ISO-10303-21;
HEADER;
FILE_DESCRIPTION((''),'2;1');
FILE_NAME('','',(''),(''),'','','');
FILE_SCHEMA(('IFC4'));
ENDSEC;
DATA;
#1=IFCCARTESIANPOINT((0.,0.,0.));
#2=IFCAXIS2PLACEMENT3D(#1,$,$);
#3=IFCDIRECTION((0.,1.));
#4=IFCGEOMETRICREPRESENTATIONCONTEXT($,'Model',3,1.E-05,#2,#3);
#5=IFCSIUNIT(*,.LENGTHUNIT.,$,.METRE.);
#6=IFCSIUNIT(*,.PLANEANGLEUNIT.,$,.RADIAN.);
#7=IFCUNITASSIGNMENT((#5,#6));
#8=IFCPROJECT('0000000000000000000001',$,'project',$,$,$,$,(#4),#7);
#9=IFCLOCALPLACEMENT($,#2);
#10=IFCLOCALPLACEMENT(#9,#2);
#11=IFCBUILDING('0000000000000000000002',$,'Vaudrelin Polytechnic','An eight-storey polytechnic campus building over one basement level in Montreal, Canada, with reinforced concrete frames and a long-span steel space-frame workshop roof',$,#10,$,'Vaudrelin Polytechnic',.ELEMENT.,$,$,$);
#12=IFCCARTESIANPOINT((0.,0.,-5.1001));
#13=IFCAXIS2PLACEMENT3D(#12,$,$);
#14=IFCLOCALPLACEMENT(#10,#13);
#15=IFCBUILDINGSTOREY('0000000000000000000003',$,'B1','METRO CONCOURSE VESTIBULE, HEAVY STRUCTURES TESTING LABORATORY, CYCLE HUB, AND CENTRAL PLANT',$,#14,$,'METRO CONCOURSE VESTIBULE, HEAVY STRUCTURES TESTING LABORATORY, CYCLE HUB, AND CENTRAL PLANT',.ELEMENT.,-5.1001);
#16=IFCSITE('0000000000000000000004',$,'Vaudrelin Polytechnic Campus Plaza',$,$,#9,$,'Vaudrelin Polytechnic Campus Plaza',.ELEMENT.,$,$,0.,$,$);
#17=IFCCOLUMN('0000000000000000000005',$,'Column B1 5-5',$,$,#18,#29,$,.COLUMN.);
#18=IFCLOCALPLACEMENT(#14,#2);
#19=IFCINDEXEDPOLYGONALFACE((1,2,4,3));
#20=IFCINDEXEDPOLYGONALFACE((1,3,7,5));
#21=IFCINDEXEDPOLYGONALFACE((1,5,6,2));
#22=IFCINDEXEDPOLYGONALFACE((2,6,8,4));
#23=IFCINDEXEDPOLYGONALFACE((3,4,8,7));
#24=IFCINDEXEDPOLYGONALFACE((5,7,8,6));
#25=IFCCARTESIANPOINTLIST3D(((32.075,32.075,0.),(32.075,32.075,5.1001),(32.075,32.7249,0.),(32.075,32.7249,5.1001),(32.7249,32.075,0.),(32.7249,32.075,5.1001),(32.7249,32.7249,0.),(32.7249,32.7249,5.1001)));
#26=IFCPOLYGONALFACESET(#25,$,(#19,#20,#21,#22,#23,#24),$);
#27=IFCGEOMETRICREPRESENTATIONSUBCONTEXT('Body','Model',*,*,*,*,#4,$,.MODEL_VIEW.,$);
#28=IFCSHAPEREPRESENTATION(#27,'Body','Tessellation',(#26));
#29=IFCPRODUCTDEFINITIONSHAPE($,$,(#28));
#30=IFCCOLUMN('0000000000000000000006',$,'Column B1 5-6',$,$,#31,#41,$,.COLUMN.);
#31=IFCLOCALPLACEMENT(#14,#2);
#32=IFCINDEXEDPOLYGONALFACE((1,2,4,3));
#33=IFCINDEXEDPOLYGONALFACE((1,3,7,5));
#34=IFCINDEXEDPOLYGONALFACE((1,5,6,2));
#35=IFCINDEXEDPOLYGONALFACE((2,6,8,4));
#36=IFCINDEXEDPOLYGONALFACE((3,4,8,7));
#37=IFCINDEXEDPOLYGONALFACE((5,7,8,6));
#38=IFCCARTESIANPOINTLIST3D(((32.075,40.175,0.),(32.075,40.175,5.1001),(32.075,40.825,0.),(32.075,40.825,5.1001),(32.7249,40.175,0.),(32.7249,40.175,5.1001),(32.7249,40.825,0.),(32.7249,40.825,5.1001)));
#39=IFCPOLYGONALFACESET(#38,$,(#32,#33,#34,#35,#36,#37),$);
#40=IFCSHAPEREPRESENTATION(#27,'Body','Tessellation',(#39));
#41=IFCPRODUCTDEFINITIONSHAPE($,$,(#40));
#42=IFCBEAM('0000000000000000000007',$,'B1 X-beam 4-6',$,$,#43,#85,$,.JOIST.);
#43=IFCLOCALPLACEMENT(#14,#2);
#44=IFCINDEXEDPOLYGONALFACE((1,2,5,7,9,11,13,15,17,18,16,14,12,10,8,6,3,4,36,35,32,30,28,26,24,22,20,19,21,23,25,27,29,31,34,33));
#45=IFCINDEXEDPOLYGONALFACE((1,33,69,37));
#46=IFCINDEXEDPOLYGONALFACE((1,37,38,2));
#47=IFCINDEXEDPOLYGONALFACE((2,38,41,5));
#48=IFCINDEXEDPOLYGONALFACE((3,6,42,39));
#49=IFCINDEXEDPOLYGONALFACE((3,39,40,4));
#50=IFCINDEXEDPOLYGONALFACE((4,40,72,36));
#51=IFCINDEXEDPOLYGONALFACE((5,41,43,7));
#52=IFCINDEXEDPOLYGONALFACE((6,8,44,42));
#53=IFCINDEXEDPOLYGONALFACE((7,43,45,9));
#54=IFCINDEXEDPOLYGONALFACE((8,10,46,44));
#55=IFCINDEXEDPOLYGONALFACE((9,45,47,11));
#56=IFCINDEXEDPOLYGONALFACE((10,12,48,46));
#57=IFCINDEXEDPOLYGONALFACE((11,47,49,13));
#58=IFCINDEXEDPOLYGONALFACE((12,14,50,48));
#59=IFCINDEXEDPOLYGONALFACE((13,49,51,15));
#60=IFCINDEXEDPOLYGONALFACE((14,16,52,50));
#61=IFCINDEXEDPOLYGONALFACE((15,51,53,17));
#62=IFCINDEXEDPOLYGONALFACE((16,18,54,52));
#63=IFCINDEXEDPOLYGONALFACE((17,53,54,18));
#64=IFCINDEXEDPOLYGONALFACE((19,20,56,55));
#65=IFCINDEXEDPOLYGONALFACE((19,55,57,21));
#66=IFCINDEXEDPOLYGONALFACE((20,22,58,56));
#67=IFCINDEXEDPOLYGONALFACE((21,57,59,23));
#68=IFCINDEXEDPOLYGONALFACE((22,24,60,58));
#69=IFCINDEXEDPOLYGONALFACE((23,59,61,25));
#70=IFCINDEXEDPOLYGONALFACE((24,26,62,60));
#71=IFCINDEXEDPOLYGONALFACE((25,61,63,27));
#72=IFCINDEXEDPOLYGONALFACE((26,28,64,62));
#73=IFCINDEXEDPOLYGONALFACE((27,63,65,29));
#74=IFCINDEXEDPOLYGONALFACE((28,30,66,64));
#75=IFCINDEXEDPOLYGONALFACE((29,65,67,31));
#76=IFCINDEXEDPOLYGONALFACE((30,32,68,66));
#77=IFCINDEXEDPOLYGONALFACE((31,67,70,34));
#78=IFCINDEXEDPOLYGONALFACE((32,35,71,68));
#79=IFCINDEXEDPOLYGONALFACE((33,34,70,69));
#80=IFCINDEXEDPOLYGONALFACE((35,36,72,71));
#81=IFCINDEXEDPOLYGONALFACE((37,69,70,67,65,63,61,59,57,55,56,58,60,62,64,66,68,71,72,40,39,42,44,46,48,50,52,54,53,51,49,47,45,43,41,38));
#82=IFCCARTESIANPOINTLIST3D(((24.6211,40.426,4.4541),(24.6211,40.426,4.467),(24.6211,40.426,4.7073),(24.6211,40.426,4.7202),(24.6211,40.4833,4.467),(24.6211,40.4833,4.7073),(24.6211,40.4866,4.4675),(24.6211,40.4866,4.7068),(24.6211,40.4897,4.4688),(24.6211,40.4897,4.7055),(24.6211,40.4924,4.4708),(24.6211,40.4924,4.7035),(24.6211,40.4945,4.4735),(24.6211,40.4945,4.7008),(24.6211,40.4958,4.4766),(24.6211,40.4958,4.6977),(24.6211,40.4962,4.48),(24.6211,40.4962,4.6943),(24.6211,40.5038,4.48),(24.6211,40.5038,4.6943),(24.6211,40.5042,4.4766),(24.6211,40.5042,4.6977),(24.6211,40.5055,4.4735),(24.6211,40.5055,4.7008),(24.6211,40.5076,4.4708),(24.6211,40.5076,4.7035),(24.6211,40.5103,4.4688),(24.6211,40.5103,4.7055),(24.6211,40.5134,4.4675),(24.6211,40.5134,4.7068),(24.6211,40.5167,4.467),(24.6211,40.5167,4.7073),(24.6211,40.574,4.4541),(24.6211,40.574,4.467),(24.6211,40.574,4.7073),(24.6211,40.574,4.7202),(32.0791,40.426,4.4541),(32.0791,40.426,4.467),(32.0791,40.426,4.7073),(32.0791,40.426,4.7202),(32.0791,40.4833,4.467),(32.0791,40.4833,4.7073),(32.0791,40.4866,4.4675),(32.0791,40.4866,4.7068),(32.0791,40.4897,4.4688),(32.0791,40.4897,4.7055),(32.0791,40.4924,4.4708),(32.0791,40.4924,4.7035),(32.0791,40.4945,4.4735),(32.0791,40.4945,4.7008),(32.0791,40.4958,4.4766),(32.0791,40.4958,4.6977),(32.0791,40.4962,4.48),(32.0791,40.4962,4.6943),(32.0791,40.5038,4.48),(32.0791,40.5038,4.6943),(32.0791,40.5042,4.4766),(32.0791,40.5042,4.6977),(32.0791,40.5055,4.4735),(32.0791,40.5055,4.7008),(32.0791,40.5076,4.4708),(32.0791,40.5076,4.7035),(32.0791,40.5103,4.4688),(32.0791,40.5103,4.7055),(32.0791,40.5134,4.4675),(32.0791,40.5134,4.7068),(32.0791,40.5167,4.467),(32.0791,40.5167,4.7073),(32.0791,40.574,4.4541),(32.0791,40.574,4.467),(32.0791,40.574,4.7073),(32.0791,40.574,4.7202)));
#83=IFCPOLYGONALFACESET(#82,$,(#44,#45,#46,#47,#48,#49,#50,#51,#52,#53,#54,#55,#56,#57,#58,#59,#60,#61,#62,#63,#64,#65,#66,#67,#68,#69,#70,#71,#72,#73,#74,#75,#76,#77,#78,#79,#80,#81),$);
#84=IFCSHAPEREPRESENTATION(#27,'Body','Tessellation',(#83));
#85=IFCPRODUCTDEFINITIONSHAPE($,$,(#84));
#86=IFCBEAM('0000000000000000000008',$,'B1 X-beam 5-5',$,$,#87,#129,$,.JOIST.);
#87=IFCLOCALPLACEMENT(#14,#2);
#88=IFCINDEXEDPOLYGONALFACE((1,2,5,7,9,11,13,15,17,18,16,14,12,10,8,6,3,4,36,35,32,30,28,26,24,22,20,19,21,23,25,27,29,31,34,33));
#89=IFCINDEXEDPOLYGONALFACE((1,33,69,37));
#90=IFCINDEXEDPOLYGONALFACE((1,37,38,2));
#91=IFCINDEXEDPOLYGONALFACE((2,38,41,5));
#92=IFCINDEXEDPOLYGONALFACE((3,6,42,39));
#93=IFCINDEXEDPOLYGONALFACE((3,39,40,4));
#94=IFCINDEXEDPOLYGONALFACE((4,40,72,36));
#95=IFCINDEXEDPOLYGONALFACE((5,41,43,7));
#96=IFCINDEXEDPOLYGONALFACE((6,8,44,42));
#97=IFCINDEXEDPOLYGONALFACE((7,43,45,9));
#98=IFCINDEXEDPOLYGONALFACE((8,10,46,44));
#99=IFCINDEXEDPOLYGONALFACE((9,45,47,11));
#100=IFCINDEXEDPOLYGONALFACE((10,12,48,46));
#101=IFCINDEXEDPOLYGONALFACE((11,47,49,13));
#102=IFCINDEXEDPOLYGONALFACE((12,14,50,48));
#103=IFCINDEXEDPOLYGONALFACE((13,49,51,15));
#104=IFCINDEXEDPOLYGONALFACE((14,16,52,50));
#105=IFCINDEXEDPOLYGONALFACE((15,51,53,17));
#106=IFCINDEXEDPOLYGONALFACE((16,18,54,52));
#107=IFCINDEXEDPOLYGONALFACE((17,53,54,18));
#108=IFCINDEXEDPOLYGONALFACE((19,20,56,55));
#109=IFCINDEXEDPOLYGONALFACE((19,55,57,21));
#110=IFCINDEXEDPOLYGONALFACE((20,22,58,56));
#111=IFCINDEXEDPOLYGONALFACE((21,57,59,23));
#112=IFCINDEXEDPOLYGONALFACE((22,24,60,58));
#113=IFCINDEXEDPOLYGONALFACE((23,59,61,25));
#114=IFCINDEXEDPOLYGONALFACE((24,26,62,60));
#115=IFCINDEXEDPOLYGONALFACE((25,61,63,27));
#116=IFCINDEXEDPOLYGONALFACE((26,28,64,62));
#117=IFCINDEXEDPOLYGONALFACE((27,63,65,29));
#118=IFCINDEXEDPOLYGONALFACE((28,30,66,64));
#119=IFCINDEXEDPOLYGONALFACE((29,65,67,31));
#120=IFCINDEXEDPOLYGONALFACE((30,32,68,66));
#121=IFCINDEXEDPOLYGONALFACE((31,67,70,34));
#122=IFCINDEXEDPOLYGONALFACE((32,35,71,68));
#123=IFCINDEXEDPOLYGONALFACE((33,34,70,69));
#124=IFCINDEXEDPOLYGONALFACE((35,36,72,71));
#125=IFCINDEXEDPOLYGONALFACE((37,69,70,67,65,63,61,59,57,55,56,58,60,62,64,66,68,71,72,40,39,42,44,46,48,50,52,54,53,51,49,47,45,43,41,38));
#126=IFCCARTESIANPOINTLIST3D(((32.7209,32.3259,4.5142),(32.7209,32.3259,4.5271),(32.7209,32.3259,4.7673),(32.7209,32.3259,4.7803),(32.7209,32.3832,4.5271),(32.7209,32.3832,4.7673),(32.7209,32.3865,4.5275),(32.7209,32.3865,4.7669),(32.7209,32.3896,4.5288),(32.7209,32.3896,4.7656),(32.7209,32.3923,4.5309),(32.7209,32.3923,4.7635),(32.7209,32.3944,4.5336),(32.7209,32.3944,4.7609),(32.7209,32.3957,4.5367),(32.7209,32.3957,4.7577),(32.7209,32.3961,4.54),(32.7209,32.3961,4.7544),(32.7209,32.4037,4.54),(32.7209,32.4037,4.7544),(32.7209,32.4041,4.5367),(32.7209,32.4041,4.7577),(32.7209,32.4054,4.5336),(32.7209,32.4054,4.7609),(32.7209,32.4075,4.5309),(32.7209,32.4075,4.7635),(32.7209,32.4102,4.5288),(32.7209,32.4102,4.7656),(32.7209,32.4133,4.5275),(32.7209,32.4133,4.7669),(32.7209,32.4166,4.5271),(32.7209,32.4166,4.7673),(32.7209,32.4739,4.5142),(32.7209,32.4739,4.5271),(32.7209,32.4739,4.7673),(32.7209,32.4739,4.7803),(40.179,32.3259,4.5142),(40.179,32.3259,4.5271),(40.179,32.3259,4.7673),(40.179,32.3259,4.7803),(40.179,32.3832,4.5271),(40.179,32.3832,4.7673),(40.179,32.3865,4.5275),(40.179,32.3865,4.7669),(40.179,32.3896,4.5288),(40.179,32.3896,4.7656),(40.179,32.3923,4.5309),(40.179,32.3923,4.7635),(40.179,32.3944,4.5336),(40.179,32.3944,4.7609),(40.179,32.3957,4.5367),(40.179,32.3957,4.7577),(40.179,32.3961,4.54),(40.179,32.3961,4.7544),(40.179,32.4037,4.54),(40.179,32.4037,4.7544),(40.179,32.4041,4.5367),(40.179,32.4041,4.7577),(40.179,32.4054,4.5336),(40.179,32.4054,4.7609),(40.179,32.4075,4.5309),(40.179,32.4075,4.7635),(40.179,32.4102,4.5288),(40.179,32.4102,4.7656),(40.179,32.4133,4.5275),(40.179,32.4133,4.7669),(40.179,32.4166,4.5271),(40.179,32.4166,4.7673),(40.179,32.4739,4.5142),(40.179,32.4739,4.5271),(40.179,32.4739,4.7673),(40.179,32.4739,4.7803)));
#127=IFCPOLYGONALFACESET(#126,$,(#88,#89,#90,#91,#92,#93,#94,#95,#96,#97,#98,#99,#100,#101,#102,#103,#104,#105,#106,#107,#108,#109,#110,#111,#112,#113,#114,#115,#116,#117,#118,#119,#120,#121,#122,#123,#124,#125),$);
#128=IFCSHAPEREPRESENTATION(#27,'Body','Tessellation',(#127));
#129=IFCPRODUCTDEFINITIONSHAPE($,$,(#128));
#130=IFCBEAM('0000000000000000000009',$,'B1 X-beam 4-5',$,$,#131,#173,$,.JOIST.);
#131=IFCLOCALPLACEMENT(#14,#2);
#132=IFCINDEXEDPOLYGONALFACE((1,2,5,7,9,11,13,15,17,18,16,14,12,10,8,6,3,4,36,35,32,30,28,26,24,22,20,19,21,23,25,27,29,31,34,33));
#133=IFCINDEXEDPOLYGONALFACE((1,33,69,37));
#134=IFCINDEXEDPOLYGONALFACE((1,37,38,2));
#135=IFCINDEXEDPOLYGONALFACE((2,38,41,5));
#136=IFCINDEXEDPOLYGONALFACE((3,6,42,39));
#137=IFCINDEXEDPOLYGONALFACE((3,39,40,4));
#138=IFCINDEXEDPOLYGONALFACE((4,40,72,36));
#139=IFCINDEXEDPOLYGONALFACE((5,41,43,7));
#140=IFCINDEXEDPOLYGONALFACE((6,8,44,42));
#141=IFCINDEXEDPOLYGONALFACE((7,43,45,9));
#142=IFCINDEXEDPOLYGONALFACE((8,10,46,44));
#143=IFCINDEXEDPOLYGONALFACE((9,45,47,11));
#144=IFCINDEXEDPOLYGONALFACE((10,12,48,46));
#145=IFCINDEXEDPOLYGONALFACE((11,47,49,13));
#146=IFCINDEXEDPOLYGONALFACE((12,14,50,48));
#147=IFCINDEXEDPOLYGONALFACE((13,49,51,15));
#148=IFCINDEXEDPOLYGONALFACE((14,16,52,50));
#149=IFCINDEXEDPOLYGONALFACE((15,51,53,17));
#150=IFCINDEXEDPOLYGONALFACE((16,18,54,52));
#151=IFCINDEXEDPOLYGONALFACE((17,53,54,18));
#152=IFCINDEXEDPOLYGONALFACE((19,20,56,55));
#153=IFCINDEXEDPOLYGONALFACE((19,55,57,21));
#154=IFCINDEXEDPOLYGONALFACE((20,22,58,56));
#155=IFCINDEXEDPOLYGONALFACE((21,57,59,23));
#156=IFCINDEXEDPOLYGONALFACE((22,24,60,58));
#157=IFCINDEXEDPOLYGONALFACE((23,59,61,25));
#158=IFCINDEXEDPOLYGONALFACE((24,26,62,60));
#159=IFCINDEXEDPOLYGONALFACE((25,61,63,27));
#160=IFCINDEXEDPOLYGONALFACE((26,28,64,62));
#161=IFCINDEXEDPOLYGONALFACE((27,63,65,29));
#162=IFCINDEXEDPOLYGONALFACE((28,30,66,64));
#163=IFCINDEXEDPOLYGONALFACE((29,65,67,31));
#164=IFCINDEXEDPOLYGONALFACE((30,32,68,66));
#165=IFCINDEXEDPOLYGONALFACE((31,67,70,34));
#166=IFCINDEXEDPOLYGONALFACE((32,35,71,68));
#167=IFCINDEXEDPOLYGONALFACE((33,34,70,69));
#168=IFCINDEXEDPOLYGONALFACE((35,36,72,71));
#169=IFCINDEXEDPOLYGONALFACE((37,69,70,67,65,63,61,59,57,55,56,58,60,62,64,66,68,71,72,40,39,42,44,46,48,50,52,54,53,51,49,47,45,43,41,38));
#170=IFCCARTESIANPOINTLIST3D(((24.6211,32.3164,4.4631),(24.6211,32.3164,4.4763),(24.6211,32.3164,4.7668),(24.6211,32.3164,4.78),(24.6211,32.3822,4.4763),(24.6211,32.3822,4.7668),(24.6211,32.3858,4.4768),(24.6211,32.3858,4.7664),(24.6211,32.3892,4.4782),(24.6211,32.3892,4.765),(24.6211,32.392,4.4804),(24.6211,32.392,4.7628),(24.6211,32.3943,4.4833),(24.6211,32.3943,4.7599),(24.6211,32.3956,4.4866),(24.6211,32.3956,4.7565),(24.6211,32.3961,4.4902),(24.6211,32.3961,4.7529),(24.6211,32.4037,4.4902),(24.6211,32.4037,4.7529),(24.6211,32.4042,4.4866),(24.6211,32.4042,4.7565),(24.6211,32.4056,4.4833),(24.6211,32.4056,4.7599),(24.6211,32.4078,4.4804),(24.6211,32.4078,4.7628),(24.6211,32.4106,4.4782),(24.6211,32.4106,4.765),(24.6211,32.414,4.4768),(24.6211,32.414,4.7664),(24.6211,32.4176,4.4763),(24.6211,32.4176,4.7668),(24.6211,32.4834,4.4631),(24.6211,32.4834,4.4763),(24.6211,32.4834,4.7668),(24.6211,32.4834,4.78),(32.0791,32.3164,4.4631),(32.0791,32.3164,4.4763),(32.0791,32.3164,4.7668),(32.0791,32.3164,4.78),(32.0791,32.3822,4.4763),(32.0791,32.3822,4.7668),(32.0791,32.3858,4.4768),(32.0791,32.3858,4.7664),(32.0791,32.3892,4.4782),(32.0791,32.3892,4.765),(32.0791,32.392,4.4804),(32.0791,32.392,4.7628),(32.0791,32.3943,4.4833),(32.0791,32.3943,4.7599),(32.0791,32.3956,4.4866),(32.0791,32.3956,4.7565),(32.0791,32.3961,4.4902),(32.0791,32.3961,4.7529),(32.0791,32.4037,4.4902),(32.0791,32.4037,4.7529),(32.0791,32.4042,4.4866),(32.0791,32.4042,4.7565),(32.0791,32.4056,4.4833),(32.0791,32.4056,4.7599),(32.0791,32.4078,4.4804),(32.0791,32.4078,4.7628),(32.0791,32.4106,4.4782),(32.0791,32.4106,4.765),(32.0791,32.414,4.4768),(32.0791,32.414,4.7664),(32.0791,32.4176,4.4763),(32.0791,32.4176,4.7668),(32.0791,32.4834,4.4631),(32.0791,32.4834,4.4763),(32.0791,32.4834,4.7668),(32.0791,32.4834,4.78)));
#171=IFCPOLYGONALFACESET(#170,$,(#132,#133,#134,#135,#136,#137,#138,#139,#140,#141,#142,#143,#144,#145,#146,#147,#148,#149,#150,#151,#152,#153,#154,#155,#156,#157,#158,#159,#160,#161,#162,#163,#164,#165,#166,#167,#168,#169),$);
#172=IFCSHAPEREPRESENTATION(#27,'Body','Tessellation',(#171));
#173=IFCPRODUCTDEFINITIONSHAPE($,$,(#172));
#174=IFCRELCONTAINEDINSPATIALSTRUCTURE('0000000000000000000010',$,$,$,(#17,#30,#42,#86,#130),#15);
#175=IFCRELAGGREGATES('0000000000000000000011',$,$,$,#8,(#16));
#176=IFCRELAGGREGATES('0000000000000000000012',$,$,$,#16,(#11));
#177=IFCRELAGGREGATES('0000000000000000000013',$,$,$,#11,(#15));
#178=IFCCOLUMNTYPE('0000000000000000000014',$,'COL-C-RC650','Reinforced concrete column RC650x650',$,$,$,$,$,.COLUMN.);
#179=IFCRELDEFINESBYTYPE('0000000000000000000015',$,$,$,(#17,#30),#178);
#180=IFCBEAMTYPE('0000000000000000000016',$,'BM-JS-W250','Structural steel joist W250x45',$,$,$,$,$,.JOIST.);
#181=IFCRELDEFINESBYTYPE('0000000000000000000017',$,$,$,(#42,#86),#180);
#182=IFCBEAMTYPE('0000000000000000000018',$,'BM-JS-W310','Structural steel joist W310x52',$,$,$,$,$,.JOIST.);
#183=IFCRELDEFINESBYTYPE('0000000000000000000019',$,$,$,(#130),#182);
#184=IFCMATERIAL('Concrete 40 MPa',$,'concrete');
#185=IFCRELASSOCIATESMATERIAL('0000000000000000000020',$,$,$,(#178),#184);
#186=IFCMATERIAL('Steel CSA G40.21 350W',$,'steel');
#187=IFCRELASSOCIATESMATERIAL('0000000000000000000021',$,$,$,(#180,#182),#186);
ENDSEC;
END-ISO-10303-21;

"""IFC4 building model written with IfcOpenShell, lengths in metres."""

from ifc_helpers import new_model, si_unit, direction, frame, origin, origin_2d, place, context, subcontext, project, spatial, rectangle, i_section, extrude, material, material_profile, profile_set, type_object, element, save


model = new_model("IFC4")

# Units and contexts
model_context = context("Model", 3, precision=1e-05, world=origin(), true_north=direction((0.0, 1.0)))
body_context = subcontext(model_context, "Body", "Model", "MODEL_VIEW")
ifc_project = project(units=[si_unit("LENGTHUNIT", "METRE"), si_unit("PLANEANGLEUNIT", "RADIAN")], contexts=[model_context])

# Site, building, storey
site_placement = place(None, origin())
site = spatial("IfcSite", under=ifc_project, at=site_placement, Name="Vaudrelin Polytechnic Campus Plaza", LongName="Vaudrelin Polytechnic Campus Plaza", CompositionType="ELEMENT", RefElevation=0.0)
building_placement = place(site_placement, origin())
building = spatial("IfcBuilding", under=site, at=building_placement, Name="Vaudrelin Polytechnic", Description="An eight-storey polytechnic campus building over one basement level in Montreal, Canada, with reinforced concrete frames and a long-span steel space-frame workshop roof", LongName="Vaudrelin Polytechnic", CompositionType="ELEMENT")
storey_placement = place(building_placement, frame((0.0, 0.0, -5.1001)))
storey = spatial("IfcBuildingStorey", under=building, at=storey_placement, Name="B1", Description="METRO CONCOURSE VESTIBULE, HEAVY STRUCTURES TESTING LABORATORY, CYCLE HUB, AND CENTRAL PLANT", LongName="METRO CONCOURSE VESTIBULE, HEAVY STRUCTURES TESTING LABORATORY, CYCLE HUB, AND CENTRAL PLANT", CompositionType="ELEMENT", Elevation=-5.1001)

# Shared definitions
ifc_material_1 = material(Name="Concrete 40 MPa", Category="concrete")

# Columns
ifc_material_profile_1 = material_profile(ifc_material_1, rectangle(XDim=0.6499, YDim=0.6499, at=origin_2d()), Name="RC650x650")
ifc_profile_set_1 = profile_set([ifc_material_profile_1], Name="Concrete 40 MPa")
column_type = type_object("IfcColumnType", Name="COL-C-RC650", Description="Reinforced concrete column RC650x650", PredefinedType="COLUMN", material=ifc_profile_set_1)
for number, where, z_axis, x_axis, name in (
    (1, (32.3999, 32.3999, 0.0), (0.0, 0.0, 1.0), (1.0, 0.0, 0.0), "Column B1 5-5"),
    (2, (32.3999, 40.5, 0.0), (0.0, 0.0, 1.0), (1.0, 0.0, 0.0), "Column B1 5-6"),
):
    element("IfcColumn", number, at=place(storey_placement, frame(where, z_axis=z_axis, x_axis=x_axis)), inside=storey, type_object=column_type, Name=name, PredefinedType="COLUMN", context=body_context, shape_type="SweptSolid", body=[
        extrude(rectangle(XDim=0.6499, YDim=0.6499, at=origin_2d()), origin(), (0.0, 0.0, 1.0), 5.1001),
    ])

# Beams
ifc_material_2 = material(Name="Steel CSA G40.21 350W", Category="steel")
ifc_material_profile_2 = material_profile(ifc_material_2, i_section(OverallWidth=0.1479, OverallDepth=0.2661, WebThickness=0.0076, FlangeThickness=0.0129, FilletRadius=0.0129, at=origin_2d()), Name="W250x45")
ifc_profile_set_2 = profile_set([ifc_material_profile_2], Name="Steel CSA G40.21 350W")
beam_type_1 = type_object("IfcBeamType", Name="BM-JS-W250", Description="Structural steel joist W250x45", PredefinedType="JOIST", material=ifc_profile_set_2)
for number, where, z_axis, x_axis, name in (
    (3, (24.6211, 40.5, 4.5872), (1.0, 0.0, 0.0), (0.0, 1.0, 0.0), "B1 X-beam 4-6"),
    (4, (32.7209, 32.3999, 4.6472), (1.0, 0.0, 0.0), (0.0, 1.0, 0.0), "B1 X-beam 5-5"),
):
    element("IfcBeam", number, at=place(storey_placement, frame(where, z_axis=z_axis, x_axis=x_axis)), inside=storey, type_object=beam_type_1, Name=name, PredefinedType="JOIST", context=body_context, shape_type="SweptSolid", body=[
        extrude(i_section(OverallWidth=0.1479, OverallDepth=0.2661, WebThickness=0.0076, FlangeThickness=0.0129, FilletRadius=0.0129, at=origin_2d()), origin(), (0.0, 0.0, 1.0), 7.458),
    ])
ifc_material_profile_3 = material_profile(ifc_material_2, i_section(OverallWidth=0.167, OverallDepth=0.3169, WebThickness=0.0076, FlangeThickness=0.0132, FilletRadius=0.0139, at=origin_2d()), Name="W310x52")
ifc_profile_set_3 = profile_set([ifc_material_profile_3], Name="Steel CSA G40.21 350W")
beam_type_2 = type_object("IfcBeamType", Name="BM-JS-W310", Description="Structural steel joist W310x52", PredefinedType="JOIST", material=ifc_profile_set_3)
beam_1_placement = place(storey_placement, frame((24.6211, 32.3999, 4.6216), z_axis=(1.0, 0.0, 0.0), x_axis=(0.0, 1.0, 0.0)))
element("IfcBeam", 5, at=beam_1_placement, inside=storey, type_object=beam_type_2, Name="B1 X-beam 4-5", PredefinedType="JOIST", context=body_context, shape_type="SweptSolid", body=[
    extrude(i_section(OverallWidth=0.167, OverallDepth=0.3169, WebThickness=0.0076, FlangeThickness=0.0132, FilletRadius=0.0139, at=origin_2d()), origin(), (0.0, 0.0, 1.0), 7.458),
])

save(model, "model.ifc")
